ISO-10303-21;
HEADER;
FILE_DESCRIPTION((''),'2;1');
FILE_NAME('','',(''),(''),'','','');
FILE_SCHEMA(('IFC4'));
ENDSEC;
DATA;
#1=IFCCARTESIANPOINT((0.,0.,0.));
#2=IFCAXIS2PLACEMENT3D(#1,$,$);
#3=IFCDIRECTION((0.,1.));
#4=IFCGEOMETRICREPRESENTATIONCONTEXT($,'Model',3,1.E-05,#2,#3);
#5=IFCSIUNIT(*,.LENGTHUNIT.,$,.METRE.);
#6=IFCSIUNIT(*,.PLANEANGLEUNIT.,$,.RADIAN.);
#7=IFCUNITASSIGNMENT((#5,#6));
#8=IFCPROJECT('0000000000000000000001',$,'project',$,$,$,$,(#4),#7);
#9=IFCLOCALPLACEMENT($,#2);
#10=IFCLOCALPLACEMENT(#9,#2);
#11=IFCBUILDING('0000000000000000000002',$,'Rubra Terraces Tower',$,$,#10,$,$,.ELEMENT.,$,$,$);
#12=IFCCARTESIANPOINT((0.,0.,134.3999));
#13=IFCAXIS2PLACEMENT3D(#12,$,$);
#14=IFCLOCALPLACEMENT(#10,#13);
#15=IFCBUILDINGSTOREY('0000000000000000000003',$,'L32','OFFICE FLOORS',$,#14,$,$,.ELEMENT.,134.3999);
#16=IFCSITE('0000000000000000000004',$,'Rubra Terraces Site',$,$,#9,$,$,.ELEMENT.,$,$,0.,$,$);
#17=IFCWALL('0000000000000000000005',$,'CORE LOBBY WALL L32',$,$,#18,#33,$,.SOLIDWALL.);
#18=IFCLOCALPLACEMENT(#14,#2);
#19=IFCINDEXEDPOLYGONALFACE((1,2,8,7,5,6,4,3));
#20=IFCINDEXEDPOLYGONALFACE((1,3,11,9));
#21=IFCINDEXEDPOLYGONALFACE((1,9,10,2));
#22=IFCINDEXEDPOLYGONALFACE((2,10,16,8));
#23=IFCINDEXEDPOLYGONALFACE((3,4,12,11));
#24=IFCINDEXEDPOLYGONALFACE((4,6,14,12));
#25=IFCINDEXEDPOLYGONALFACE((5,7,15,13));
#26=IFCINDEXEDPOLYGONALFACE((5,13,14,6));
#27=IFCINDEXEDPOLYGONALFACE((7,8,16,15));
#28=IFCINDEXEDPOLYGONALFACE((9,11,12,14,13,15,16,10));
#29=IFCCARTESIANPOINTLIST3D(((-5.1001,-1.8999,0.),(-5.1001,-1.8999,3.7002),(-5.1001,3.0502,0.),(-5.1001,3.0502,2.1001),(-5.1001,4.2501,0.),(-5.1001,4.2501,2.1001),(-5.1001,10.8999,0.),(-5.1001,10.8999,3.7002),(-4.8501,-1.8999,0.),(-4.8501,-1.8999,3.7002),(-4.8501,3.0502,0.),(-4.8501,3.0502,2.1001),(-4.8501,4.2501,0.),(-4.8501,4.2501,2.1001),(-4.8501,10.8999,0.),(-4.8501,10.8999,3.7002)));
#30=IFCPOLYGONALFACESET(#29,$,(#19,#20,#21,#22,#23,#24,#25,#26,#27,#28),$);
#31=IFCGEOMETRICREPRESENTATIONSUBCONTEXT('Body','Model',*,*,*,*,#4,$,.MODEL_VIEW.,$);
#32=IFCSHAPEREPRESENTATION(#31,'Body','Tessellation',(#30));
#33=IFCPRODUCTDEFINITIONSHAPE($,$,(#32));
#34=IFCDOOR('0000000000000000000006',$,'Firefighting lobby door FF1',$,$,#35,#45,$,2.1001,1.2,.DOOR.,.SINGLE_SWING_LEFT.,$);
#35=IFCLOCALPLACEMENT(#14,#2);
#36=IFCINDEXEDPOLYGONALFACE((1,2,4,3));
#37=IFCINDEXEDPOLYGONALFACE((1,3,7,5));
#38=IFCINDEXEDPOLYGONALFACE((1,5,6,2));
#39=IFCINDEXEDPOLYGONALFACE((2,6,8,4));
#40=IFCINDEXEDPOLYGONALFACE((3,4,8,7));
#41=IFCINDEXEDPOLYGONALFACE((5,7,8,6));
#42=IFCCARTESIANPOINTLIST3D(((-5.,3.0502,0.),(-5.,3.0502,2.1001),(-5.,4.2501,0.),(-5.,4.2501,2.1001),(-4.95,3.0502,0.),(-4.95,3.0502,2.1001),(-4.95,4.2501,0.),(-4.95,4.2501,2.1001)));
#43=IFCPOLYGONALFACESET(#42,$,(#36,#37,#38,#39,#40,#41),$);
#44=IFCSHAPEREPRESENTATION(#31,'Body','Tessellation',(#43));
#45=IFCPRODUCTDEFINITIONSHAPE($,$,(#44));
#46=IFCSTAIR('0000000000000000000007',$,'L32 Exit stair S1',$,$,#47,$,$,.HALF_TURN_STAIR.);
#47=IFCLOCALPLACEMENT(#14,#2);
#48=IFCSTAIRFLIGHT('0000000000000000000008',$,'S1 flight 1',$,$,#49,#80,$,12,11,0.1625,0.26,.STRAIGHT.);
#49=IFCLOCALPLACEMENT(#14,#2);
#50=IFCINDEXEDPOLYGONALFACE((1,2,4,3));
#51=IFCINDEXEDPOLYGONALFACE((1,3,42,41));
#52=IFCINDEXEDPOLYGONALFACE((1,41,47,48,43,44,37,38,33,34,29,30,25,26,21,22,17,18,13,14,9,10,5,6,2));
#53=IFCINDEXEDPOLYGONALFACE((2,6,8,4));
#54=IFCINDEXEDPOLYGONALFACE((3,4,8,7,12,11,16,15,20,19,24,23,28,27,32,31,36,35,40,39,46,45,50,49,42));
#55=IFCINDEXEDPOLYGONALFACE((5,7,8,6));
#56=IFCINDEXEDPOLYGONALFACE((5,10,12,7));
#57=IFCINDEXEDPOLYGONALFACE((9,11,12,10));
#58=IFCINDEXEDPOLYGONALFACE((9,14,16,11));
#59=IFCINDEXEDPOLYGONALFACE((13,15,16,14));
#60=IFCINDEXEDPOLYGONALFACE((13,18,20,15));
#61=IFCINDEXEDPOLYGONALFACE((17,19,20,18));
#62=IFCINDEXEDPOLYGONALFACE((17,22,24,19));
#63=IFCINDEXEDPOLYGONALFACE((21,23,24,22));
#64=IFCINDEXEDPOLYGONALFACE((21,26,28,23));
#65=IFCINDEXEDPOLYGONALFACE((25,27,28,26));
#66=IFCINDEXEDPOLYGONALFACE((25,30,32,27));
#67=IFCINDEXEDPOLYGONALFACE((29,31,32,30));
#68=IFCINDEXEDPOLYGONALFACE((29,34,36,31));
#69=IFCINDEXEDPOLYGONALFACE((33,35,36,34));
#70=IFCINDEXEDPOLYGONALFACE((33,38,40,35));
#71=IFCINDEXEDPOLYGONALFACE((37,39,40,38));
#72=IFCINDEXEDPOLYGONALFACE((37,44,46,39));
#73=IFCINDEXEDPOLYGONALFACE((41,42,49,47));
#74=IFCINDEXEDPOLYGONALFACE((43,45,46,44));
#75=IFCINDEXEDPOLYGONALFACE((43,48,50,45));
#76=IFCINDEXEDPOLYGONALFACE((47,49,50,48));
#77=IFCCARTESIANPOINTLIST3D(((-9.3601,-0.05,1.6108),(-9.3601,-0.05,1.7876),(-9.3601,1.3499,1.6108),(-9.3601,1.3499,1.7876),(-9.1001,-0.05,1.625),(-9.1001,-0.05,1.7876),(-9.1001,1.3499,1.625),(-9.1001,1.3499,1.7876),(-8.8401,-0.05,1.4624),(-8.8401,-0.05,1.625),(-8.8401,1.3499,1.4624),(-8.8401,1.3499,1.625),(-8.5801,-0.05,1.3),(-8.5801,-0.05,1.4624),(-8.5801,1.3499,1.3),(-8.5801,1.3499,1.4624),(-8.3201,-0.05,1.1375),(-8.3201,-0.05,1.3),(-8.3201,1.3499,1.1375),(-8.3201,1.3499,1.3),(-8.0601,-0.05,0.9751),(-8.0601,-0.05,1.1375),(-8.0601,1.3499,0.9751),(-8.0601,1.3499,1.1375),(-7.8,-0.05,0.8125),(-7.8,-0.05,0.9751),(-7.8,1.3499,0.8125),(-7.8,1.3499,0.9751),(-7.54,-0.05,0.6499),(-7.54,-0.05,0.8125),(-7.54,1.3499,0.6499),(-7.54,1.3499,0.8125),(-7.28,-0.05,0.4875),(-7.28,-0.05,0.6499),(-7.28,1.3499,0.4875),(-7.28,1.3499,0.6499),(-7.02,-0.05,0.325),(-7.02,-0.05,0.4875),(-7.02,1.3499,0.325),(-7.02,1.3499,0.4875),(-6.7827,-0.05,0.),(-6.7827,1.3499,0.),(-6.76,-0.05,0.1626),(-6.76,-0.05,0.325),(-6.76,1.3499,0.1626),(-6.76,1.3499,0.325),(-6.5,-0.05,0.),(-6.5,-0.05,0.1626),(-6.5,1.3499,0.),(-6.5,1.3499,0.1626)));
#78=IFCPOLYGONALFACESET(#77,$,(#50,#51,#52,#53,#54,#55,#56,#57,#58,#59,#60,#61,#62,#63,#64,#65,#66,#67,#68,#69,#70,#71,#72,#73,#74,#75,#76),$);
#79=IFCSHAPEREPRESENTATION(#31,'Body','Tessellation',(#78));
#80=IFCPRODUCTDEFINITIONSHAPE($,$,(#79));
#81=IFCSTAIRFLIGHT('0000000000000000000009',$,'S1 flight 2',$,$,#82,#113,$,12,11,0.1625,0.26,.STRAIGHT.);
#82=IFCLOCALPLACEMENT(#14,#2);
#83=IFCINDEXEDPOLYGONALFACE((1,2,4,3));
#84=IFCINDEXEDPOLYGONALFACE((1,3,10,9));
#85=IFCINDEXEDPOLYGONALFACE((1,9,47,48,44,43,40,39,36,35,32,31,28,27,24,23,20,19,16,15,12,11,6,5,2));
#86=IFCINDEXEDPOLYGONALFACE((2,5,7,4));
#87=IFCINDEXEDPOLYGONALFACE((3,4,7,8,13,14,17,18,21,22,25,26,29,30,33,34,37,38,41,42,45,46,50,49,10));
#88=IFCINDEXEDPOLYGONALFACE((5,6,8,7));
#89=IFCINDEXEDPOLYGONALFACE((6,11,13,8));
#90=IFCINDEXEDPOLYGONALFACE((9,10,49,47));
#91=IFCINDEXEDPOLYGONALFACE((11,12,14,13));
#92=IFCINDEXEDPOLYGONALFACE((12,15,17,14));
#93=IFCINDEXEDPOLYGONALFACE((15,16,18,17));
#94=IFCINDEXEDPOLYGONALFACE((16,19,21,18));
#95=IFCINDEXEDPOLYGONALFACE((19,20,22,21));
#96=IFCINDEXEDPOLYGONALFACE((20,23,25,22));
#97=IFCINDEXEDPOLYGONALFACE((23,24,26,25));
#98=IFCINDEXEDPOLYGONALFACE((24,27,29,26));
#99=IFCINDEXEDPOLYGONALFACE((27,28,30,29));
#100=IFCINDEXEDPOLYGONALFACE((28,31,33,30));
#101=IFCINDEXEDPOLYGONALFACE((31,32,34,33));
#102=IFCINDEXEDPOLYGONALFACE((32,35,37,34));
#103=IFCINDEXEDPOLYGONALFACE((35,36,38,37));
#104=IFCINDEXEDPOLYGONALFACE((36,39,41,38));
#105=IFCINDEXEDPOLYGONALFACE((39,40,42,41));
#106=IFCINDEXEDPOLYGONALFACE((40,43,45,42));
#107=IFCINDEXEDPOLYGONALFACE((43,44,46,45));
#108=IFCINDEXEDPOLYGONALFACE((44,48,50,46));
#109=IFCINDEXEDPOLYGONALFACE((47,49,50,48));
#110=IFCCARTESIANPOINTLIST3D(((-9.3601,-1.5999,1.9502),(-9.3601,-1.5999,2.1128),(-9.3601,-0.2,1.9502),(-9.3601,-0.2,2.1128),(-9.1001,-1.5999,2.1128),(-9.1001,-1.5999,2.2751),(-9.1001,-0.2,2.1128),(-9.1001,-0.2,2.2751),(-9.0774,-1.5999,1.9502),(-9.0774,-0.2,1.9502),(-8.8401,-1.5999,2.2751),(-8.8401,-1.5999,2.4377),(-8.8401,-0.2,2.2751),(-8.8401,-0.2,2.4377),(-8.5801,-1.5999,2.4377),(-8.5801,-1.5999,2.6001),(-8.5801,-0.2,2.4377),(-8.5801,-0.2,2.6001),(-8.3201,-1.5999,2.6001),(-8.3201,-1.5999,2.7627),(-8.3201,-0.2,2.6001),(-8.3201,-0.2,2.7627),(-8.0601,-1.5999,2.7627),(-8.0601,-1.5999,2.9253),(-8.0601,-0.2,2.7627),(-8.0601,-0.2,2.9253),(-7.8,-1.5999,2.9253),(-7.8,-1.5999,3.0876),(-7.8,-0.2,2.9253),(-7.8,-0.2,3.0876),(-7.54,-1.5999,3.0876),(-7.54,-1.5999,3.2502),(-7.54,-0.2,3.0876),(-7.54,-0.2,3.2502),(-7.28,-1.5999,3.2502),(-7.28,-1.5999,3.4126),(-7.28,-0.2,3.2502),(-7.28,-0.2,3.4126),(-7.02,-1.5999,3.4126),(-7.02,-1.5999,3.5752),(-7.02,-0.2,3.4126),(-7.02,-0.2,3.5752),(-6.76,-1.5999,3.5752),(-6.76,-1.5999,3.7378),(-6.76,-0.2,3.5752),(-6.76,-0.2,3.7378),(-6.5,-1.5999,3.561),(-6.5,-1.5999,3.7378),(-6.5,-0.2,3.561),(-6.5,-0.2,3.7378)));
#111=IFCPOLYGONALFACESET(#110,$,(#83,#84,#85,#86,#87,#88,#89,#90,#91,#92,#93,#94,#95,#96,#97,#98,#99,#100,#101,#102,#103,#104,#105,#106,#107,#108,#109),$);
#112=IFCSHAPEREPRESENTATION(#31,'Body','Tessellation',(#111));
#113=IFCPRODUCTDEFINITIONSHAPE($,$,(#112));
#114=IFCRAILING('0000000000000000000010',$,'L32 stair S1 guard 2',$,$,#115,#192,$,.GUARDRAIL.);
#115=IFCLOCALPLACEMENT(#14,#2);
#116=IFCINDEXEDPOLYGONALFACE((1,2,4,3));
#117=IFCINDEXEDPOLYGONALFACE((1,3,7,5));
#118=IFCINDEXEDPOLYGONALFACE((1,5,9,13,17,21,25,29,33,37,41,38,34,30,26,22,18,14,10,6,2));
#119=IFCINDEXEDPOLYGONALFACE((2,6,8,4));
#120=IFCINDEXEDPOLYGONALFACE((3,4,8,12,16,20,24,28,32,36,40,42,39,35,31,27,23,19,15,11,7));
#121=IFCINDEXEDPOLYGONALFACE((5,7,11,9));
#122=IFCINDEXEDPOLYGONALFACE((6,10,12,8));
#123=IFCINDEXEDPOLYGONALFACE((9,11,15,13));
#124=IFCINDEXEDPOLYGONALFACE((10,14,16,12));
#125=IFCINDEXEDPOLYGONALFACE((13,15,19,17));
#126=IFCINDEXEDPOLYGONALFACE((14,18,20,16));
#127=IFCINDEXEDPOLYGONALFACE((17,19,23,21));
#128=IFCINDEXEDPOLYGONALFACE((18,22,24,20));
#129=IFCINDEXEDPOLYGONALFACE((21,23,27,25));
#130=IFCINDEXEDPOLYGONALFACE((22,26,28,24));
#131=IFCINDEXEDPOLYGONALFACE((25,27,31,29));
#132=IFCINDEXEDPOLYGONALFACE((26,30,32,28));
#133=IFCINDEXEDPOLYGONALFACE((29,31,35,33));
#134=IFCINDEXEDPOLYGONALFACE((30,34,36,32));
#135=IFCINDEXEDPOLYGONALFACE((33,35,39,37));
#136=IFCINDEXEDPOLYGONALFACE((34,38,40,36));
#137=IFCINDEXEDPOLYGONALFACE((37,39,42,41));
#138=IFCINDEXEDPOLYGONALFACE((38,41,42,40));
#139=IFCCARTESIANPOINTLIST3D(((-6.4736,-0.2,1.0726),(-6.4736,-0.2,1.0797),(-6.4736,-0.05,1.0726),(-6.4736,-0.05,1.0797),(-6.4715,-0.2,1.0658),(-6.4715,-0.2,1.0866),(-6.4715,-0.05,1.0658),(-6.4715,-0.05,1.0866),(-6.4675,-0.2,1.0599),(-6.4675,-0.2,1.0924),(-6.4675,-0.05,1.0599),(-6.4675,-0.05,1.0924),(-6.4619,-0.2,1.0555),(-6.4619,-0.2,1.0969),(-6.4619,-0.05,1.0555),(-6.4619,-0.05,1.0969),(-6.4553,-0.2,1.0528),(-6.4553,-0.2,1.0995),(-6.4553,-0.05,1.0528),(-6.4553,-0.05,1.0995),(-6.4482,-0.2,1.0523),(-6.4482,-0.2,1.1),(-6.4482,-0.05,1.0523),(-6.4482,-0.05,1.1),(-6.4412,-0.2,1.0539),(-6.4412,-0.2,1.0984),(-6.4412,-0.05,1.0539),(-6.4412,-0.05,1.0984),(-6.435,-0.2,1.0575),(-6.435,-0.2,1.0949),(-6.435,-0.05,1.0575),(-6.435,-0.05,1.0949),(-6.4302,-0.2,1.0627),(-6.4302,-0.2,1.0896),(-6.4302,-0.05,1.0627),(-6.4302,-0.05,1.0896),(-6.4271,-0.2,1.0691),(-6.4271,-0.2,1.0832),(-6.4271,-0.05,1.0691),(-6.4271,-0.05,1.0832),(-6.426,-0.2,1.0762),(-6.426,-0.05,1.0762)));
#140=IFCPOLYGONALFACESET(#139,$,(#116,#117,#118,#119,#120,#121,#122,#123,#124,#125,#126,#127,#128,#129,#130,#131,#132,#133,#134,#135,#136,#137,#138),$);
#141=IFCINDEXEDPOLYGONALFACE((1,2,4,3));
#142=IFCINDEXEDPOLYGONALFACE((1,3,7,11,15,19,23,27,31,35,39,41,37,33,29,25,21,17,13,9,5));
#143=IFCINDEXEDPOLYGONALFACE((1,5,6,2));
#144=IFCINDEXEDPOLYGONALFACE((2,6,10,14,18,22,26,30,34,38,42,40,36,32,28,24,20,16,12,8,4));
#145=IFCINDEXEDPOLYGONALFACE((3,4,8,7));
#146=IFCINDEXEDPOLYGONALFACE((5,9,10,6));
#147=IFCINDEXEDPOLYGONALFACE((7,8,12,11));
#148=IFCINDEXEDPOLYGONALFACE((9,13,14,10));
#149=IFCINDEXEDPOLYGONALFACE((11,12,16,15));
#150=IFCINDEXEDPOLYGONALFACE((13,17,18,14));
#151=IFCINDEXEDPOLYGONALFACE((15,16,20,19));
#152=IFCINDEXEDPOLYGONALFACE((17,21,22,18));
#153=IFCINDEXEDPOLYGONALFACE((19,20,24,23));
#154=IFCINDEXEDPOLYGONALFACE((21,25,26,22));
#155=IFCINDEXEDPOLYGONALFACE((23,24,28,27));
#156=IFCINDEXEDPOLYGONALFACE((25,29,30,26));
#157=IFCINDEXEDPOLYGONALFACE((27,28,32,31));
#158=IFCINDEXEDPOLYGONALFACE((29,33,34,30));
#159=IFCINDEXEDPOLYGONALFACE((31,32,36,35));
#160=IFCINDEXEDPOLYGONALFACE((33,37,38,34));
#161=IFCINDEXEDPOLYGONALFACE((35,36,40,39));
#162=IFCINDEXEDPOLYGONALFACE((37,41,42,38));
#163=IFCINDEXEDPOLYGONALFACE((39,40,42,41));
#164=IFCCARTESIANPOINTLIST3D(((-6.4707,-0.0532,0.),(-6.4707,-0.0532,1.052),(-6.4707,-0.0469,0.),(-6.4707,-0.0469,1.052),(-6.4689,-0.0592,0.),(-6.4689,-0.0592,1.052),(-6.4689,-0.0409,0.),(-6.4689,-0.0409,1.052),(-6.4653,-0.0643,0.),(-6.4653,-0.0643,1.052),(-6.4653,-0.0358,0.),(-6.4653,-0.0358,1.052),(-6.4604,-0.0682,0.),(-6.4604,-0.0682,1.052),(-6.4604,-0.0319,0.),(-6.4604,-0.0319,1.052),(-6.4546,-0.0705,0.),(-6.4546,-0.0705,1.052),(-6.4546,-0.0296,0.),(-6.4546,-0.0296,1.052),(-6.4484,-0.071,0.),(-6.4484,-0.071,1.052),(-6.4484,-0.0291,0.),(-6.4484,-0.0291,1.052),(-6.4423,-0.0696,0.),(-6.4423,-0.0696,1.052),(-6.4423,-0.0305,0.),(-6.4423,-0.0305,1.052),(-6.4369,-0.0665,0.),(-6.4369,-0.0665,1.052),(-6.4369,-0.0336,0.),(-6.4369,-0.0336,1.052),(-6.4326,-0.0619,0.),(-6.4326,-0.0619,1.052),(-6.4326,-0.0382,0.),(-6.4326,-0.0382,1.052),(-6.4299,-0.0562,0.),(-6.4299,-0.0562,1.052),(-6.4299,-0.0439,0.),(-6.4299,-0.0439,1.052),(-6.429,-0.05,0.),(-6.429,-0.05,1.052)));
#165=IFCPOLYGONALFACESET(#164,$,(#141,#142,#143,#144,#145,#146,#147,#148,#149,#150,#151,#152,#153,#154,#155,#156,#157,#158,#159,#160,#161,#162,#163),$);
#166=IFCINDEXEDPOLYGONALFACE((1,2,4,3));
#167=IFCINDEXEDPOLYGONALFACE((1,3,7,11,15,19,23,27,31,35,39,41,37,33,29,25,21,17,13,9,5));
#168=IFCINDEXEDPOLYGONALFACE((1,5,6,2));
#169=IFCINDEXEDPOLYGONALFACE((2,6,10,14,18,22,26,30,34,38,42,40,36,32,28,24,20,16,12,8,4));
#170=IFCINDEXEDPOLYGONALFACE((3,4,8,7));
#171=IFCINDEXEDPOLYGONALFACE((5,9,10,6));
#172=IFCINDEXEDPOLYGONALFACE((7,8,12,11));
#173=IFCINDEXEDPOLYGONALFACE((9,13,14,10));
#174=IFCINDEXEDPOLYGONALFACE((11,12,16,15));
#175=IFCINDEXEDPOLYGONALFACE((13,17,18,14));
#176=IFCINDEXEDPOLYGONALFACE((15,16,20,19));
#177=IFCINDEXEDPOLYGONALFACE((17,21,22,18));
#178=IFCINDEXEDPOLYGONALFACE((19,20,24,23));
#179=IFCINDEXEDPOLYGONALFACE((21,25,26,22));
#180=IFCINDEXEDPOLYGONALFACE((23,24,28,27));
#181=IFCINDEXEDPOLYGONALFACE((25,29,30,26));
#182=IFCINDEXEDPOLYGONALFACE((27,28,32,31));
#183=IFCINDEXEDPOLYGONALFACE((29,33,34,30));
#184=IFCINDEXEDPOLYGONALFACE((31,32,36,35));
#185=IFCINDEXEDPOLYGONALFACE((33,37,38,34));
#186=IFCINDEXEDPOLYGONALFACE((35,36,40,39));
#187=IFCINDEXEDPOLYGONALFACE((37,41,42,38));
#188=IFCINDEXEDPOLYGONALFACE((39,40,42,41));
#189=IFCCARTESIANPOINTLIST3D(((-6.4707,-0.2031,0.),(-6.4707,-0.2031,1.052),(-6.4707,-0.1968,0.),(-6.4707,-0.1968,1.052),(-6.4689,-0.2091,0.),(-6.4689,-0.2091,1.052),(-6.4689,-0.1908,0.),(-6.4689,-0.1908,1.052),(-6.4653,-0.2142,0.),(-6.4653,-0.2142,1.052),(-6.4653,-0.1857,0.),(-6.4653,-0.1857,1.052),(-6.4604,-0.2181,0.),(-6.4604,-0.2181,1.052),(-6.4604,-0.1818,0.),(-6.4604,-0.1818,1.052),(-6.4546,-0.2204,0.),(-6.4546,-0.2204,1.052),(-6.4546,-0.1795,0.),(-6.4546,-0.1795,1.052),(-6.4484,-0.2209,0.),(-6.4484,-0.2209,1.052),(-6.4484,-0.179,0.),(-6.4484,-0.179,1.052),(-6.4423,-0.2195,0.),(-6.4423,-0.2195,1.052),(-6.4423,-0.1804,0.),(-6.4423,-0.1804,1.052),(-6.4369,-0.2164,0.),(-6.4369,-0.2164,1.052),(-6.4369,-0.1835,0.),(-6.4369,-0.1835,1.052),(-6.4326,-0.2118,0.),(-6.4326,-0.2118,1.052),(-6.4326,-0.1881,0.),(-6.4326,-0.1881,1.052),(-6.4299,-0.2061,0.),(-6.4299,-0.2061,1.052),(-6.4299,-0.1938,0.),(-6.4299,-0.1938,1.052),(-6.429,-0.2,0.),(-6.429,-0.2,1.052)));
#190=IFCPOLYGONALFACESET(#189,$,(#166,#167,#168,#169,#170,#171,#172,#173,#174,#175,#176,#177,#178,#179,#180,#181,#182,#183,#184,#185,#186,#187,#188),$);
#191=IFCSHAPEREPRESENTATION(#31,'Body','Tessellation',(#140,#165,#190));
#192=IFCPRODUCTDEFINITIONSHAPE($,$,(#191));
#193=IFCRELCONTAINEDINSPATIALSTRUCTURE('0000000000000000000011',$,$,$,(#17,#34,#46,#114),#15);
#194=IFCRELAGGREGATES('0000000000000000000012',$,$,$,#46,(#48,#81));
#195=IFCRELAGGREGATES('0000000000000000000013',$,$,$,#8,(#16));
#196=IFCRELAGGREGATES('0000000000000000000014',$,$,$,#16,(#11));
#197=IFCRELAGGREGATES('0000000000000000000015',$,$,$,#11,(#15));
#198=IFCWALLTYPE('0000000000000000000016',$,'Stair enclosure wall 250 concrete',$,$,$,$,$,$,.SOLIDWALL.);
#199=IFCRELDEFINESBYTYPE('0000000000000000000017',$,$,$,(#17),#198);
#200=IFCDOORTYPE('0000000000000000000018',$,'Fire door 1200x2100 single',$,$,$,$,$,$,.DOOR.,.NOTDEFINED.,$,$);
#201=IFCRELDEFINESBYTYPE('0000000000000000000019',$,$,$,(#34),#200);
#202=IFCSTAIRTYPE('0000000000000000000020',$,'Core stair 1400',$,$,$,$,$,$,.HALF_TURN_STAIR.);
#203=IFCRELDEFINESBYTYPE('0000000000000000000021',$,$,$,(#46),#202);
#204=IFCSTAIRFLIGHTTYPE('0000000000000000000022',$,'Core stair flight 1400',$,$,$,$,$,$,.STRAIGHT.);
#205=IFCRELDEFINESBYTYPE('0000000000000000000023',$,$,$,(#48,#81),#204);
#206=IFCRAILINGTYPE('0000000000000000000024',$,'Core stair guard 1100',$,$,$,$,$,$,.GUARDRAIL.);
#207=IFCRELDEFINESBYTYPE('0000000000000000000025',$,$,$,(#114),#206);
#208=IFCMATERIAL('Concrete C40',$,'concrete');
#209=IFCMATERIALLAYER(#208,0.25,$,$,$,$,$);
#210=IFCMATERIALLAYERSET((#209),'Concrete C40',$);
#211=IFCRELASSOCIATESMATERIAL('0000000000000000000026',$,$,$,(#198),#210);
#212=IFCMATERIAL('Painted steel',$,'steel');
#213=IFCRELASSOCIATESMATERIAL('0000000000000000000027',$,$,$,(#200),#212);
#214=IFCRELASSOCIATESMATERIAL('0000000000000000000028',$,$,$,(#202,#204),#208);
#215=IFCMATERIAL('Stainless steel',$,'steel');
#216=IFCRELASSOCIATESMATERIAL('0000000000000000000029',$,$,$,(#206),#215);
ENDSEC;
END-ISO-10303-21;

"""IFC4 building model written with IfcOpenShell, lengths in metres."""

from ifc_helpers import new_model, si_unit, direction, frame, frame_2d, origin, origin_2d, place, context, subcontext, project, spatial, polyline, rectangle, circle, outline, extrude, material, layer, layer_set, type_object, element, fill, aggregate, save


model = new_model("IFC4")

# Units and contexts
model_context = context("Model", 3, precision=1e-05, world=origin(), true_north=direction((0.0, 1.0)))
body_context = subcontext(model_context, "Body", "Model", "MODEL_VIEW")
ifc_project = project(units=[si_unit("LENGTHUNIT", "METRE"), si_unit("PLANEANGLEUNIT", "RADIAN")], contexts=[model_context])

# Site, building, storey
site_placement = place(None, origin())
site = spatial("IfcSite", under=ifc_project, at=site_placement, Name="Rubra Terraces Site", CompositionType="ELEMENT", RefElevation=0.0)
building_placement = place(site_placement, origin())
building = spatial("IfcBuilding", under=site, at=building_placement, Name="Rubra Terraces Tower", CompositionType="ELEMENT")
storey_placement = place(building_placement, frame((0.0, 0.0, 134.3999)))
storey = spatial("IfcBuildingStorey", under=building, at=storey_placement, Name="L32", Description="OFFICE FLOORS", CompositionType="ELEMENT", Elevation=134.3999)

# Shared definitions
ifc_material_1 = material(Name="Concrete C40", Category="concrete")

# Wall, opening, door
ifc_layer_1 = layer(ifc_material_1, 0.25)
ifc_layer_set_1 = layer_set([ifc_layer_1], Name="Concrete C40")
wall_type_1 = type_object("IfcWallType", Name="Stair enclosure wall 250 concrete", PredefinedType="SOLIDWALL", material=ifc_layer_set_1)
wall_1_placement = place(storey_placement, frame((-4.9751, -1.8999, 0.0), z_axis=(0.0, 0.0, 1.0), x_axis=(0.0, 1.0, 0.0)))
wall_1 = element("IfcWall", 1, at=wall_1_placement, inside=storey, type_object=wall_type_1, Name="CORE LOBBY WALL L32", PredefinedType="SOLIDWALL", context=body_context, shape_type="SweptSolid", body=[
    extrude(rectangle(XDim=12.7998, YDim=0.25, at=frame_2d((6.3999, 0.0))), origin(), (0.0, 0.0, 1.0), 3.7002),
])
opening_1_placement = place(wall_1_placement, frame((4.95, 0.0, 0.0)))
opening_1 = element("IfcOpeningElement", 2, at=opening_1_placement, cuts=wall_1, PredefinedType="OPENING", context=body_context, shape_type="SweptSolid", body=[
    extrude(rectangle(XDim=1.2, YDim=2.1001, at=frame_2d((0.6001, 1.05))), frame((0.0, 0.135, 0.0), z_axis=(0.0, -1.0, 0.0), x_axis=(1.0, 0.0, 0.0)), (0.0, 0.0, 1.0), 0.27),
])
ifc_material_2 = material(Name="Painted steel", Category="steel")
door_type_1 = type_object("IfcDoorType", Name="Fire door 1200x2100 single", OperationType="NOTDEFINED", PredefinedType="DOOR", material=ifc_material_2)
door_1_placement = place(opening_1_placement, origin())
door_1 = element("IfcDoor", 3, at=door_1_placement, inside=storey, type_object=door_type_1, Name="Firefighting lobby door FF1", OperationType="SINGLE_SWING_LEFT", OverallHeight=2.1001, OverallWidth=1.2, PredefinedType="DOOR", context=body_context, shape_type="SweptSolid", body=[
    extrude(rectangle(XDim=1.2, YDim=2.1001, at=frame_2d((0.6001, 1.05))), frame((0.0, 0.0249, 0.0), z_axis=(0.0, -1.0, 0.0), x_axis=(1.0, 0.0, 0.0)), (0.0, 0.0, 1.0), 0.05),
])
fill(opening_1, door_1)

# Stair, stair flights
stair_type = type_object("IfcStairType", Name="Core stair 1400", PredefinedType="HALF_TURN_STAIR", material=ifc_material_1)
stair_placement = place(storey_placement, origin())
stair = element("IfcStair", 4, at=stair_placement, inside=storey, type_object=stair_type, Name="L32 Exit stair S1", PredefinedType="HALF_TURN_STAIR")
stair_flight_type = type_object("IfcStairFlightType", Name="Core stair flight 1400", PredefinedType="STRAIGHT", material=ifc_material_1)
stair_flight_1_placement = place(storey_placement, frame((-6.5, 0.6499, 0.0), z_axis=(0.0, 0.0, 1.0), x_axis=(-1.0, 0.0, 0.0)))
stair_flight_1 = element("IfcStairFlight", 5, at=stair_flight_1_placement, type_object=stair_flight_type, Name="S1 flight 1", NumberOfRisers=12, NumberOfTreads=11, PredefinedType="STRAIGHT", RiserHeight=0.1625, TreadLength=0.26, context=body_context, shape_type="SweptSolid", body=[
    extrude(outline(polyline([(0.0, 0.0), (0.0, 0.1626), (0.26, 0.1626), (0.26, 0.325), (0.52, 0.325), (0.52, 0.4875), (0.78, 0.4875), (0.78, 0.6499), (1.04, 0.6499), (1.04, 0.8125), (1.3, 0.8125), (1.3, 0.9751), (1.5601, 0.9751), (1.5601, 1.1375), (1.8201, 1.1375), (1.8201, 1.3), (2.0801, 1.3), (2.0801, 1.4624), (2.3401, 1.4624), (2.3401, 1.625), (2.6001, 1.625), (2.6001, 1.7876), (2.8601, 1.7876), (2.8601, 1.95), (2.8601, 1.6108), (0.2827, 0.0), (0.0, 0.0)])), frame((0.0, 0.7, 0.0), z_axis=(0.0, -1.0, 0.0), x_axis=(1.0, 0.0, 0.0)), (0.0, 0.0, 1.0), 1.3999),
])
stair_flight_2_placement = place(storey_placement, frame((-9.3601, -0.8999, 1.9502), z_axis=(0.0, 0.0, 1.0), x_axis=(1.0, 0.0, 0.0)))
stair_flight_2 = element("IfcStairFlight", 6, at=stair_flight_2_placement, type_object=stair_flight_type, Name="S1 flight 2", NumberOfRisers=12, NumberOfTreads=11, PredefinedType="STRAIGHT", RiserHeight=0.1625, TreadLength=0.26, context=body_context, shape_type="SweptSolid", body=[
    extrude(outline(polyline([(0.0, 0.0), (0.0, 0.1626), (0.26, 0.1626), (0.26, 0.325), (0.52, 0.325), (0.52, 0.4875), (0.78, 0.4875), (0.78, 0.6499), (1.04, 0.6499), (1.04, 0.8125), (1.3, 0.8125), (1.3, 0.9751), (1.5601, 0.9751), (1.5601, 1.1375), (1.8201, 1.1375), (1.8201, 1.3), (2.0801, 1.3), (2.0801, 1.4624), (2.3401, 1.4624), (2.3401, 1.625), (2.6001, 1.625), (2.6001, 1.7876), (2.8601, 1.7876), (2.8601, 1.95), (2.8601, 1.6108), (0.2827, 0.0), (0.0, 0.0)])), frame((0.0, 0.7, 0.0), z_axis=(0.0, -1.0, 0.0), x_axis=(1.0, 0.0, 0.0)), (0.0, 0.0, 1.0), 1.3999),
])
aggregate(stair, [stair_flight_1, stair_flight_2])

# Railing
ifc_material_3 = material(Name="Stainless steel", Category="steel")
railing_type = type_object("IfcRailingType", Name="Core stair guard 1100", PredefinedType="GUARDRAIL", material=ifc_material_3)
railing_1_placement = place(storey_placement, frame((-6.45, -0.05, 0.0)))
element("IfcRailing", 7, at=railing_1_placement, inside=storey, type_object=railing_type, Name="L32 stair S1 guard 2", PredefinedType="GUARDRAIL", context=body_context, shape_type="SweptSolid", body=[
    extrude(circle(Radius=0.0239, at=origin_2d()), frame((0.0, 0.0, 1.0762), z_axis=(0.0, -1.0, 0.0), x_axis=(1.0, 0.0, 0.0)), (0.0, 0.0, 1.0), 0.1499),
    extrude(circle(Radius=0.021, at=origin_2d()), origin(), (0.0, 0.0, 1.0), 1.052),
    extrude(circle(Radius=0.021, at=origin_2d()), frame((0.0, -0.1499, 0.0)), (0.0, 0.0, 1.0), 1.052),
])

save(model, "model.ifc")
